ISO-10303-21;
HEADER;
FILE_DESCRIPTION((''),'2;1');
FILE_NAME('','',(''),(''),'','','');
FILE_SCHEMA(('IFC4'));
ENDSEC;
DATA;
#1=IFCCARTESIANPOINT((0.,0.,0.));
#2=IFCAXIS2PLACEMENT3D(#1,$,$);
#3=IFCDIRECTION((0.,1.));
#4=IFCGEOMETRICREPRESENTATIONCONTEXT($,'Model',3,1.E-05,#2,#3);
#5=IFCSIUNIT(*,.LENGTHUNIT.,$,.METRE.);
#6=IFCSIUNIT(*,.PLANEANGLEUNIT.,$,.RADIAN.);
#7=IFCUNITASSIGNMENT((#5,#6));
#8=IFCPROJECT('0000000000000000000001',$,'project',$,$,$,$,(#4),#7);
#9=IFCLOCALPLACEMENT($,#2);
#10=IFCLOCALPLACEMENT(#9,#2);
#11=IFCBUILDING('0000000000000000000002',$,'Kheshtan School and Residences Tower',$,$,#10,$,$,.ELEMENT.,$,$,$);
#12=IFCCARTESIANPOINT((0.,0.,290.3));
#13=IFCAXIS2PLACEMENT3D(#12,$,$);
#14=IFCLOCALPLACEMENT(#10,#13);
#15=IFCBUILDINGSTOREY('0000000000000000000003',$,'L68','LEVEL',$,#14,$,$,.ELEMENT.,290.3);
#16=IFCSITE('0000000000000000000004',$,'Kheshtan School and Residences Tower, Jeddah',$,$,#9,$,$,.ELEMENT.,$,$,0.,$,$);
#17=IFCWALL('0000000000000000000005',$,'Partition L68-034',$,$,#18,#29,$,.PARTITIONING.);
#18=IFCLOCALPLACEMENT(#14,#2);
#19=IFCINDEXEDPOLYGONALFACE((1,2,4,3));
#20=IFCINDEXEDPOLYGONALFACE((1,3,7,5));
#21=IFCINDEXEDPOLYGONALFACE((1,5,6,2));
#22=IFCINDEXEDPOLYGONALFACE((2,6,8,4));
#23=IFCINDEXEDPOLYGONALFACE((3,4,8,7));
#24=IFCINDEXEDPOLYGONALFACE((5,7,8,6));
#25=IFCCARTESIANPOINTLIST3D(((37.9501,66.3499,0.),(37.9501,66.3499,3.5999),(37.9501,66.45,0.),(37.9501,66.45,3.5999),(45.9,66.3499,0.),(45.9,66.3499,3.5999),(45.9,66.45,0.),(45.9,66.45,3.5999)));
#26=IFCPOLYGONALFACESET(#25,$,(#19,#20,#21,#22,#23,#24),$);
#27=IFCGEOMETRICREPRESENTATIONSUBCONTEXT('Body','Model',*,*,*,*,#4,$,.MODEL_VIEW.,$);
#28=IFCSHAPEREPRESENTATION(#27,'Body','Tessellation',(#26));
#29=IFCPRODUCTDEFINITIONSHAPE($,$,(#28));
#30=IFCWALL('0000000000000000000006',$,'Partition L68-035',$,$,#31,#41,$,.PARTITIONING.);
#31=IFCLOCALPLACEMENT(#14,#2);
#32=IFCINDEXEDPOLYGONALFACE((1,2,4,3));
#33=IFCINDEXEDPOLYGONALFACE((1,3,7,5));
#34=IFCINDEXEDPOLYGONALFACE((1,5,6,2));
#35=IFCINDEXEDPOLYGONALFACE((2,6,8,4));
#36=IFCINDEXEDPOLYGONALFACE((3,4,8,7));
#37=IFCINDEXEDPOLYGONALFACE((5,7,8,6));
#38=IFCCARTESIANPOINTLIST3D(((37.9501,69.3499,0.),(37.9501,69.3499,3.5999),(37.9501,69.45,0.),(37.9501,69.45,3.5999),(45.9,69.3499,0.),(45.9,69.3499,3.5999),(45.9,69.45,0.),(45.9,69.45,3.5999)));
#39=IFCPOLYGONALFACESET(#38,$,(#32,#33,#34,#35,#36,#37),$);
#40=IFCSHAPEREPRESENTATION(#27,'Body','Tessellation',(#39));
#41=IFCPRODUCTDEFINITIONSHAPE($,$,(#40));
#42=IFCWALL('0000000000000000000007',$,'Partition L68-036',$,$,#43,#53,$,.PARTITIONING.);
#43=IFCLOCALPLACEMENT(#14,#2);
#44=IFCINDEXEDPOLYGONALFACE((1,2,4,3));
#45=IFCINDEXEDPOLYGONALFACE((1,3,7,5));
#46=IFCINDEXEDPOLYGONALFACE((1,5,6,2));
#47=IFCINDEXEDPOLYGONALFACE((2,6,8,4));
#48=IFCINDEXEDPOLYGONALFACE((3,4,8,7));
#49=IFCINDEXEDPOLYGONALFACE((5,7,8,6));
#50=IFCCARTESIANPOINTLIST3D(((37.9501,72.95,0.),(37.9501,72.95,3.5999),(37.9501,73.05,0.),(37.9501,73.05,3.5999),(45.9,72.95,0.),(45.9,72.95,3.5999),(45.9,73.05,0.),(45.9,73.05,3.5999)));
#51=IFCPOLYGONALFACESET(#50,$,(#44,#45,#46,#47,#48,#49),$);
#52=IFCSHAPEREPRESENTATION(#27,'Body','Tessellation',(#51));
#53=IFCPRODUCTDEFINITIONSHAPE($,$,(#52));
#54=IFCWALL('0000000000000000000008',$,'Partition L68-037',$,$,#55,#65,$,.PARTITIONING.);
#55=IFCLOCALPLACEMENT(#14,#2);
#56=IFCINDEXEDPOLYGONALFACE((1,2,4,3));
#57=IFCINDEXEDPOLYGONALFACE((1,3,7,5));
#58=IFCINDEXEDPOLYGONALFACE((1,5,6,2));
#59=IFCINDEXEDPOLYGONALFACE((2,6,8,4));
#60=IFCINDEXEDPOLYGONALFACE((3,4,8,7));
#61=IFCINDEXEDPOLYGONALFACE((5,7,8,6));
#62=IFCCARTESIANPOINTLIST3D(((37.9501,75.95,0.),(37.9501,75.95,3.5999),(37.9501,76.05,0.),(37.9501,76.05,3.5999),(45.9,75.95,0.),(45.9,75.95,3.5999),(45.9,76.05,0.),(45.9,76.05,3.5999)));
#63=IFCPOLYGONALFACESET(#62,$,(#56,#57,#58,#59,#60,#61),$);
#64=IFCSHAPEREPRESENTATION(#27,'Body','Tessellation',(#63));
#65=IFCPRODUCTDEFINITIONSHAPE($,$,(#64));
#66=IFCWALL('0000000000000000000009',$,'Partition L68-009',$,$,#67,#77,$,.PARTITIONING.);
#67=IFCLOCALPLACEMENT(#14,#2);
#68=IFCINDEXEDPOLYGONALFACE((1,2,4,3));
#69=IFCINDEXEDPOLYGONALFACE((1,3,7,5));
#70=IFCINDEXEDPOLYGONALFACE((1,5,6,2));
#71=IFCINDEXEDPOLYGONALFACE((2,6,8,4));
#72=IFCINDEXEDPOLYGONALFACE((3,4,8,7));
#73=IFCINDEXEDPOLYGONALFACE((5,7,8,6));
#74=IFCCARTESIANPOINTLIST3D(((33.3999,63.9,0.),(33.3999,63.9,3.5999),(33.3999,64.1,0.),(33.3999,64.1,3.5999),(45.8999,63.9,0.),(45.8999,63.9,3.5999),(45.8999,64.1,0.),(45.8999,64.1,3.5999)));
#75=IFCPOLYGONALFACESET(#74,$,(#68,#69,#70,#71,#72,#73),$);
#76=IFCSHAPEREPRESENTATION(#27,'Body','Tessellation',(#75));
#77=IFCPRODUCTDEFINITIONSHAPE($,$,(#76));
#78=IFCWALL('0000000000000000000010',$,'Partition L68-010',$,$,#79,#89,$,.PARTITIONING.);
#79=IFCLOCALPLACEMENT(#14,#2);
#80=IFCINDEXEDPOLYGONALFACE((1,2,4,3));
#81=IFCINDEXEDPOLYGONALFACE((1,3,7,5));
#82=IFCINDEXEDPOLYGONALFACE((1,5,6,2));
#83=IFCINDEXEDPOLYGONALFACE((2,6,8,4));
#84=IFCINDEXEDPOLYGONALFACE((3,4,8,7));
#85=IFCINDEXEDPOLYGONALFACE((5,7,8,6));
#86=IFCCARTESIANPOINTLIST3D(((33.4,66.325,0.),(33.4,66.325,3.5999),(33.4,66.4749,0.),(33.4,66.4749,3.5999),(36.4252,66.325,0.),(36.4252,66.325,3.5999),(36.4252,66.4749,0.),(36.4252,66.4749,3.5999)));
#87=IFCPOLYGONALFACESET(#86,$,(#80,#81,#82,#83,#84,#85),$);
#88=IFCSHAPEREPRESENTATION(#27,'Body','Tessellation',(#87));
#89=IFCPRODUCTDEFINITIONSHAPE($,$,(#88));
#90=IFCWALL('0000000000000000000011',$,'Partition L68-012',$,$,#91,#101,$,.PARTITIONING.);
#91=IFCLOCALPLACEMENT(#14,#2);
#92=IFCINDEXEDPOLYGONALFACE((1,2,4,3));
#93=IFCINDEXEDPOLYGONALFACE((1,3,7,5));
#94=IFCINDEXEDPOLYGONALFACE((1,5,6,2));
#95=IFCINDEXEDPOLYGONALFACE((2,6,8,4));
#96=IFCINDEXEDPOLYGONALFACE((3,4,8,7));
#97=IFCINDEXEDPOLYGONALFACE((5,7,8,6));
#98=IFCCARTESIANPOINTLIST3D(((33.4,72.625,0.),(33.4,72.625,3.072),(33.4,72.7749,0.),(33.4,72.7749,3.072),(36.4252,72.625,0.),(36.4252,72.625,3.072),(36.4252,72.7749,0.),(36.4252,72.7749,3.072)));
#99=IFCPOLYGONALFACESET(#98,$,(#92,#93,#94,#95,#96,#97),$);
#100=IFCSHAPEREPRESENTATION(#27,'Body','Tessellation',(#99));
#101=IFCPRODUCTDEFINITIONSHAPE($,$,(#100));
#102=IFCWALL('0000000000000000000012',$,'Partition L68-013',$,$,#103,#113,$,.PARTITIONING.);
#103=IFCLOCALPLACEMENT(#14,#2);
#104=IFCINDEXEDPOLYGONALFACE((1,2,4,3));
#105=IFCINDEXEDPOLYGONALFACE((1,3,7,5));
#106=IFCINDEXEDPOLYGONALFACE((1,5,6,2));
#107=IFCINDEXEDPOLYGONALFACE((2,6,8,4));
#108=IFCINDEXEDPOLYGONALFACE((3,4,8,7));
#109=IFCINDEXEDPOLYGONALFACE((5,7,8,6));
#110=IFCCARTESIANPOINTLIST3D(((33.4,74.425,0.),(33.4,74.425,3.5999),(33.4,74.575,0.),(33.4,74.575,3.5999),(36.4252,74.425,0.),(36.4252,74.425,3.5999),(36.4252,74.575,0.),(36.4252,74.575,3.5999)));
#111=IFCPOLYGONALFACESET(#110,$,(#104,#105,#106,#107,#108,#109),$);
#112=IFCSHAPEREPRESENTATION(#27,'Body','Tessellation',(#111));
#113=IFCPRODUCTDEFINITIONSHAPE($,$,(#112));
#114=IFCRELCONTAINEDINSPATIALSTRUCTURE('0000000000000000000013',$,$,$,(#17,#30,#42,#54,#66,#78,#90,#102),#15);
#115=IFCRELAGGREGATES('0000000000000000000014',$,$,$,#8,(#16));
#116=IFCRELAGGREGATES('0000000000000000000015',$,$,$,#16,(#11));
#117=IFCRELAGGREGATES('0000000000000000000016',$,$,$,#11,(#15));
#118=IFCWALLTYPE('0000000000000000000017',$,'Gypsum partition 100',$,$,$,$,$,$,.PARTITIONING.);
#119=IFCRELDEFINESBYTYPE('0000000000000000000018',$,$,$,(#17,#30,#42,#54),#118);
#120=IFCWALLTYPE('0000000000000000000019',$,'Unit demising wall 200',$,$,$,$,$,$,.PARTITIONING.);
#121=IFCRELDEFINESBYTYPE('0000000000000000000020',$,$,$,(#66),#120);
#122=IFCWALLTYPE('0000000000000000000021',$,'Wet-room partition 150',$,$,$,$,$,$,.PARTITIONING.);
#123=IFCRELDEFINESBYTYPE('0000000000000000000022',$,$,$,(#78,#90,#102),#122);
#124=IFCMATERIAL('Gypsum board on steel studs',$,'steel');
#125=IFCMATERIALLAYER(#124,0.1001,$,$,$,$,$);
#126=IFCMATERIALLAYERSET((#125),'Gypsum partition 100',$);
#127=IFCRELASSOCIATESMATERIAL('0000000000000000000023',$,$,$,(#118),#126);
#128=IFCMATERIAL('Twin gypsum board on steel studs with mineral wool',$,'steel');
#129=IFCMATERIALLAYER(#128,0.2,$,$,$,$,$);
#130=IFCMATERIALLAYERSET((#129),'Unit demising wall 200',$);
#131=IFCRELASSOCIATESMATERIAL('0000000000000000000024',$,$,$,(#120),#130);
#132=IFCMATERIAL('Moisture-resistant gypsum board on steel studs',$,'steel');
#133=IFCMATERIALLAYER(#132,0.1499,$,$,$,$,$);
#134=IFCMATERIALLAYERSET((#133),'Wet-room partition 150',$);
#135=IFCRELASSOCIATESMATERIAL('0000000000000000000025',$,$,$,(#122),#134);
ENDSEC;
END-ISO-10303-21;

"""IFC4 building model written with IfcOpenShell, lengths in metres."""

from ifc_helpers import new_model, si_unit, direction, frame, frame_2d, origin, place, context, subcontext, project, spatial, rectangle, extrude, material, layer, layer_set, type_object, element, save


model = new_model("IFC4")

# Units and contexts
model_context = context("Model", 3, precision=1e-05, world=origin(), true_north=direction((0.0, 1.0)))
body_context = subcontext(model_context, "Body", "Model", "MODEL_VIEW")
ifc_project = project(units=[si_unit("LENGTHUNIT", "METRE"), si_unit("PLANEANGLEUNIT", "RADIAN")], contexts=[model_context])

# Site, building, storey
site_placement = place(None, origin())
site = spatial("IfcSite", under=ifc_project, at=site_placement, Name="Kheshtan School and Residences Tower, Jeddah", CompositionType="ELEMENT", RefElevation=0.0)
building_placement = place(site_placement, origin())
building = spatial("IfcBuilding", under=site, at=building_placement, Name="Kheshtan School and Residences Tower", CompositionType="ELEMENT")
storey_placement = place(building_placement, frame((0.0, 0.0, 290.3)))
storey = spatial("IfcBuildingStorey", under=building, at=storey_placement, Name="L68", Description="LEVEL", CompositionType="ELEMENT", Elevation=290.3)

# Shared definitions
ifc_material_1 = material(Name="Gypsum board on steel studs", Category="steel")
ifc_layer_1 = layer(ifc_material_1, 0.1001)
ifc_layer_set_1 = layer_set([ifc_layer_1], Name="Gypsum partition 100")
wall_type_1 = type_object("IfcWallType", Name="Gypsum partition 100", PredefinedType="PARTITIONING", material=ifc_layer_set_1)

# Walls
for number, where, z_axis, x_axis, name in (
    (1, (37.95, 66.3999, 0.0), (0.0, 0.0, 1.0), (1.0, 0.0, 0.0), "Partition L68-034"),
    (2, (37.95, 69.3999, 0.0), (0.0, 0.0, 1.0), (1.0, 0.0, 0.0), "Partition L68-035"),
    (3, (37.95, 73.0, 0.0), (0.0, 0.0, 1.0), (1.0, 0.0, 0.0), "Partition L68-036"),
    (4, (37.95, 76.0, 0.0), (0.0, 0.0, 1.0), (1.0, 0.0, 0.0), "Partition L68-037"),
):
    element("IfcWall", number, at=place(storey_placement, frame(where, z_axis=z_axis, x_axis=x_axis)), inside=storey, type_object=wall_type_1, Name=name, PredefinedType="PARTITIONING", context=body_context, shape_type="SweptSolid", body=[
        extrude(rectangle(XDim=7.95, YDim=0.1001, at=frame_2d((3.9751, 0.0))), origin(), (0.0, 0.0, 1.0), 3.5999),
    ])
ifc_material_2 = material(Name="Twin gypsum board on steel studs with mineral wool", Category="steel")
ifc_layer_2 = layer(ifc_material_2, 0.2)
ifc_layer_set_2 = layer_set([ifc_layer_2], Name="Unit demising wall 200")
wall_type_2 = type_object("IfcWallType", Name="Unit demising wall 200", PredefinedType="PARTITIONING", material=ifc_layer_set_2)
wall_1_placement = place(storey_placement, frame((33.3999, 64.0, 0.0), z_axis=(0.0, 0.0, 1.0), x_axis=(1.0, 0.0, 0.0)))
element("IfcWall", 5, at=wall_1_placement, inside=storey, type_object=wall_type_2, Name="Partition L68-009", PredefinedType="PARTITIONING", context=body_context, shape_type="SweptSolid", body=[
    extrude(rectangle(XDim=12.5, YDim=0.2, at=frame_2d((6.25, 0.0))), origin(), (0.0, 0.0, 1.0), 3.5999),
])
ifc_material_3 = material(Name="Moisture-resistant gypsum board on steel studs", Category="steel")
ifc_layer_3 = layer(ifc_material_3, 0.1499)
ifc_layer_set_3 = layer_set([ifc_layer_3], Name="Wet-room partition 150")
wall_type_3 = type_object("IfcWallType", Name="Wet-room partition 150", PredefinedType="PARTITIONING", material=ifc_layer_set_3)
wall_2_placement = place(storey_placement, frame((33.3999, 66.3999, 0.0), z_axis=(0.0, 0.0, 1.0), x_axis=(1.0, 0.0, 0.0)))
element("IfcWall", 6, at=wall_2_placement, inside=storey, type_object=wall_type_3, Name="Partition L68-010", PredefinedType="PARTITIONING", context=body_context, shape_type="SweptSolid", body=[
    extrude(rectangle(XDim=3.0251, YDim=0.1499, at=frame_2d((1.5127, 0.0))), origin(), (0.0, 0.0, 1.0), 3.5999),
])
wall_3_placement = place(storey_placement, frame((33.3999, 72.7, 0.0), z_axis=(0.0, 0.0, 1.0), x_axis=(1.0, 0.0, 0.0)))
element("IfcWall", 7, at=wall_3_placement, inside=storey, type_object=wall_type_3, Name="Partition L68-012", PredefinedType="PARTITIONING", context=body_context, shape_type="SweptSolid", body=[
    extrude(rectangle(XDim=3.0251, YDim=0.1499, at=frame_2d((1.5127, 0.0))), origin(), (0.0, 0.0, 1.0), 3.072),
])
wall_4_placement = place(storey_placement, frame((33.3999, 74.5, 0.0), z_axis=(0.0, 0.0, 1.0), x_axis=(1.0, 0.0, 0.0)))
element("IfcWall", 8, at=wall_4_placement, inside=storey, type_object=wall_type_3, Name="Partition L68-013", PredefinedType="PARTITIONING", context=body_context, shape_type="SweptSolid", body=[
    extrude(rectangle(XDim=3.0251, YDim=0.1499, at=frame_2d((1.5127, 0.0))), origin(), (0.0, 0.0, 1.0), 3.5999),
])

save(model, "model.ifc")
